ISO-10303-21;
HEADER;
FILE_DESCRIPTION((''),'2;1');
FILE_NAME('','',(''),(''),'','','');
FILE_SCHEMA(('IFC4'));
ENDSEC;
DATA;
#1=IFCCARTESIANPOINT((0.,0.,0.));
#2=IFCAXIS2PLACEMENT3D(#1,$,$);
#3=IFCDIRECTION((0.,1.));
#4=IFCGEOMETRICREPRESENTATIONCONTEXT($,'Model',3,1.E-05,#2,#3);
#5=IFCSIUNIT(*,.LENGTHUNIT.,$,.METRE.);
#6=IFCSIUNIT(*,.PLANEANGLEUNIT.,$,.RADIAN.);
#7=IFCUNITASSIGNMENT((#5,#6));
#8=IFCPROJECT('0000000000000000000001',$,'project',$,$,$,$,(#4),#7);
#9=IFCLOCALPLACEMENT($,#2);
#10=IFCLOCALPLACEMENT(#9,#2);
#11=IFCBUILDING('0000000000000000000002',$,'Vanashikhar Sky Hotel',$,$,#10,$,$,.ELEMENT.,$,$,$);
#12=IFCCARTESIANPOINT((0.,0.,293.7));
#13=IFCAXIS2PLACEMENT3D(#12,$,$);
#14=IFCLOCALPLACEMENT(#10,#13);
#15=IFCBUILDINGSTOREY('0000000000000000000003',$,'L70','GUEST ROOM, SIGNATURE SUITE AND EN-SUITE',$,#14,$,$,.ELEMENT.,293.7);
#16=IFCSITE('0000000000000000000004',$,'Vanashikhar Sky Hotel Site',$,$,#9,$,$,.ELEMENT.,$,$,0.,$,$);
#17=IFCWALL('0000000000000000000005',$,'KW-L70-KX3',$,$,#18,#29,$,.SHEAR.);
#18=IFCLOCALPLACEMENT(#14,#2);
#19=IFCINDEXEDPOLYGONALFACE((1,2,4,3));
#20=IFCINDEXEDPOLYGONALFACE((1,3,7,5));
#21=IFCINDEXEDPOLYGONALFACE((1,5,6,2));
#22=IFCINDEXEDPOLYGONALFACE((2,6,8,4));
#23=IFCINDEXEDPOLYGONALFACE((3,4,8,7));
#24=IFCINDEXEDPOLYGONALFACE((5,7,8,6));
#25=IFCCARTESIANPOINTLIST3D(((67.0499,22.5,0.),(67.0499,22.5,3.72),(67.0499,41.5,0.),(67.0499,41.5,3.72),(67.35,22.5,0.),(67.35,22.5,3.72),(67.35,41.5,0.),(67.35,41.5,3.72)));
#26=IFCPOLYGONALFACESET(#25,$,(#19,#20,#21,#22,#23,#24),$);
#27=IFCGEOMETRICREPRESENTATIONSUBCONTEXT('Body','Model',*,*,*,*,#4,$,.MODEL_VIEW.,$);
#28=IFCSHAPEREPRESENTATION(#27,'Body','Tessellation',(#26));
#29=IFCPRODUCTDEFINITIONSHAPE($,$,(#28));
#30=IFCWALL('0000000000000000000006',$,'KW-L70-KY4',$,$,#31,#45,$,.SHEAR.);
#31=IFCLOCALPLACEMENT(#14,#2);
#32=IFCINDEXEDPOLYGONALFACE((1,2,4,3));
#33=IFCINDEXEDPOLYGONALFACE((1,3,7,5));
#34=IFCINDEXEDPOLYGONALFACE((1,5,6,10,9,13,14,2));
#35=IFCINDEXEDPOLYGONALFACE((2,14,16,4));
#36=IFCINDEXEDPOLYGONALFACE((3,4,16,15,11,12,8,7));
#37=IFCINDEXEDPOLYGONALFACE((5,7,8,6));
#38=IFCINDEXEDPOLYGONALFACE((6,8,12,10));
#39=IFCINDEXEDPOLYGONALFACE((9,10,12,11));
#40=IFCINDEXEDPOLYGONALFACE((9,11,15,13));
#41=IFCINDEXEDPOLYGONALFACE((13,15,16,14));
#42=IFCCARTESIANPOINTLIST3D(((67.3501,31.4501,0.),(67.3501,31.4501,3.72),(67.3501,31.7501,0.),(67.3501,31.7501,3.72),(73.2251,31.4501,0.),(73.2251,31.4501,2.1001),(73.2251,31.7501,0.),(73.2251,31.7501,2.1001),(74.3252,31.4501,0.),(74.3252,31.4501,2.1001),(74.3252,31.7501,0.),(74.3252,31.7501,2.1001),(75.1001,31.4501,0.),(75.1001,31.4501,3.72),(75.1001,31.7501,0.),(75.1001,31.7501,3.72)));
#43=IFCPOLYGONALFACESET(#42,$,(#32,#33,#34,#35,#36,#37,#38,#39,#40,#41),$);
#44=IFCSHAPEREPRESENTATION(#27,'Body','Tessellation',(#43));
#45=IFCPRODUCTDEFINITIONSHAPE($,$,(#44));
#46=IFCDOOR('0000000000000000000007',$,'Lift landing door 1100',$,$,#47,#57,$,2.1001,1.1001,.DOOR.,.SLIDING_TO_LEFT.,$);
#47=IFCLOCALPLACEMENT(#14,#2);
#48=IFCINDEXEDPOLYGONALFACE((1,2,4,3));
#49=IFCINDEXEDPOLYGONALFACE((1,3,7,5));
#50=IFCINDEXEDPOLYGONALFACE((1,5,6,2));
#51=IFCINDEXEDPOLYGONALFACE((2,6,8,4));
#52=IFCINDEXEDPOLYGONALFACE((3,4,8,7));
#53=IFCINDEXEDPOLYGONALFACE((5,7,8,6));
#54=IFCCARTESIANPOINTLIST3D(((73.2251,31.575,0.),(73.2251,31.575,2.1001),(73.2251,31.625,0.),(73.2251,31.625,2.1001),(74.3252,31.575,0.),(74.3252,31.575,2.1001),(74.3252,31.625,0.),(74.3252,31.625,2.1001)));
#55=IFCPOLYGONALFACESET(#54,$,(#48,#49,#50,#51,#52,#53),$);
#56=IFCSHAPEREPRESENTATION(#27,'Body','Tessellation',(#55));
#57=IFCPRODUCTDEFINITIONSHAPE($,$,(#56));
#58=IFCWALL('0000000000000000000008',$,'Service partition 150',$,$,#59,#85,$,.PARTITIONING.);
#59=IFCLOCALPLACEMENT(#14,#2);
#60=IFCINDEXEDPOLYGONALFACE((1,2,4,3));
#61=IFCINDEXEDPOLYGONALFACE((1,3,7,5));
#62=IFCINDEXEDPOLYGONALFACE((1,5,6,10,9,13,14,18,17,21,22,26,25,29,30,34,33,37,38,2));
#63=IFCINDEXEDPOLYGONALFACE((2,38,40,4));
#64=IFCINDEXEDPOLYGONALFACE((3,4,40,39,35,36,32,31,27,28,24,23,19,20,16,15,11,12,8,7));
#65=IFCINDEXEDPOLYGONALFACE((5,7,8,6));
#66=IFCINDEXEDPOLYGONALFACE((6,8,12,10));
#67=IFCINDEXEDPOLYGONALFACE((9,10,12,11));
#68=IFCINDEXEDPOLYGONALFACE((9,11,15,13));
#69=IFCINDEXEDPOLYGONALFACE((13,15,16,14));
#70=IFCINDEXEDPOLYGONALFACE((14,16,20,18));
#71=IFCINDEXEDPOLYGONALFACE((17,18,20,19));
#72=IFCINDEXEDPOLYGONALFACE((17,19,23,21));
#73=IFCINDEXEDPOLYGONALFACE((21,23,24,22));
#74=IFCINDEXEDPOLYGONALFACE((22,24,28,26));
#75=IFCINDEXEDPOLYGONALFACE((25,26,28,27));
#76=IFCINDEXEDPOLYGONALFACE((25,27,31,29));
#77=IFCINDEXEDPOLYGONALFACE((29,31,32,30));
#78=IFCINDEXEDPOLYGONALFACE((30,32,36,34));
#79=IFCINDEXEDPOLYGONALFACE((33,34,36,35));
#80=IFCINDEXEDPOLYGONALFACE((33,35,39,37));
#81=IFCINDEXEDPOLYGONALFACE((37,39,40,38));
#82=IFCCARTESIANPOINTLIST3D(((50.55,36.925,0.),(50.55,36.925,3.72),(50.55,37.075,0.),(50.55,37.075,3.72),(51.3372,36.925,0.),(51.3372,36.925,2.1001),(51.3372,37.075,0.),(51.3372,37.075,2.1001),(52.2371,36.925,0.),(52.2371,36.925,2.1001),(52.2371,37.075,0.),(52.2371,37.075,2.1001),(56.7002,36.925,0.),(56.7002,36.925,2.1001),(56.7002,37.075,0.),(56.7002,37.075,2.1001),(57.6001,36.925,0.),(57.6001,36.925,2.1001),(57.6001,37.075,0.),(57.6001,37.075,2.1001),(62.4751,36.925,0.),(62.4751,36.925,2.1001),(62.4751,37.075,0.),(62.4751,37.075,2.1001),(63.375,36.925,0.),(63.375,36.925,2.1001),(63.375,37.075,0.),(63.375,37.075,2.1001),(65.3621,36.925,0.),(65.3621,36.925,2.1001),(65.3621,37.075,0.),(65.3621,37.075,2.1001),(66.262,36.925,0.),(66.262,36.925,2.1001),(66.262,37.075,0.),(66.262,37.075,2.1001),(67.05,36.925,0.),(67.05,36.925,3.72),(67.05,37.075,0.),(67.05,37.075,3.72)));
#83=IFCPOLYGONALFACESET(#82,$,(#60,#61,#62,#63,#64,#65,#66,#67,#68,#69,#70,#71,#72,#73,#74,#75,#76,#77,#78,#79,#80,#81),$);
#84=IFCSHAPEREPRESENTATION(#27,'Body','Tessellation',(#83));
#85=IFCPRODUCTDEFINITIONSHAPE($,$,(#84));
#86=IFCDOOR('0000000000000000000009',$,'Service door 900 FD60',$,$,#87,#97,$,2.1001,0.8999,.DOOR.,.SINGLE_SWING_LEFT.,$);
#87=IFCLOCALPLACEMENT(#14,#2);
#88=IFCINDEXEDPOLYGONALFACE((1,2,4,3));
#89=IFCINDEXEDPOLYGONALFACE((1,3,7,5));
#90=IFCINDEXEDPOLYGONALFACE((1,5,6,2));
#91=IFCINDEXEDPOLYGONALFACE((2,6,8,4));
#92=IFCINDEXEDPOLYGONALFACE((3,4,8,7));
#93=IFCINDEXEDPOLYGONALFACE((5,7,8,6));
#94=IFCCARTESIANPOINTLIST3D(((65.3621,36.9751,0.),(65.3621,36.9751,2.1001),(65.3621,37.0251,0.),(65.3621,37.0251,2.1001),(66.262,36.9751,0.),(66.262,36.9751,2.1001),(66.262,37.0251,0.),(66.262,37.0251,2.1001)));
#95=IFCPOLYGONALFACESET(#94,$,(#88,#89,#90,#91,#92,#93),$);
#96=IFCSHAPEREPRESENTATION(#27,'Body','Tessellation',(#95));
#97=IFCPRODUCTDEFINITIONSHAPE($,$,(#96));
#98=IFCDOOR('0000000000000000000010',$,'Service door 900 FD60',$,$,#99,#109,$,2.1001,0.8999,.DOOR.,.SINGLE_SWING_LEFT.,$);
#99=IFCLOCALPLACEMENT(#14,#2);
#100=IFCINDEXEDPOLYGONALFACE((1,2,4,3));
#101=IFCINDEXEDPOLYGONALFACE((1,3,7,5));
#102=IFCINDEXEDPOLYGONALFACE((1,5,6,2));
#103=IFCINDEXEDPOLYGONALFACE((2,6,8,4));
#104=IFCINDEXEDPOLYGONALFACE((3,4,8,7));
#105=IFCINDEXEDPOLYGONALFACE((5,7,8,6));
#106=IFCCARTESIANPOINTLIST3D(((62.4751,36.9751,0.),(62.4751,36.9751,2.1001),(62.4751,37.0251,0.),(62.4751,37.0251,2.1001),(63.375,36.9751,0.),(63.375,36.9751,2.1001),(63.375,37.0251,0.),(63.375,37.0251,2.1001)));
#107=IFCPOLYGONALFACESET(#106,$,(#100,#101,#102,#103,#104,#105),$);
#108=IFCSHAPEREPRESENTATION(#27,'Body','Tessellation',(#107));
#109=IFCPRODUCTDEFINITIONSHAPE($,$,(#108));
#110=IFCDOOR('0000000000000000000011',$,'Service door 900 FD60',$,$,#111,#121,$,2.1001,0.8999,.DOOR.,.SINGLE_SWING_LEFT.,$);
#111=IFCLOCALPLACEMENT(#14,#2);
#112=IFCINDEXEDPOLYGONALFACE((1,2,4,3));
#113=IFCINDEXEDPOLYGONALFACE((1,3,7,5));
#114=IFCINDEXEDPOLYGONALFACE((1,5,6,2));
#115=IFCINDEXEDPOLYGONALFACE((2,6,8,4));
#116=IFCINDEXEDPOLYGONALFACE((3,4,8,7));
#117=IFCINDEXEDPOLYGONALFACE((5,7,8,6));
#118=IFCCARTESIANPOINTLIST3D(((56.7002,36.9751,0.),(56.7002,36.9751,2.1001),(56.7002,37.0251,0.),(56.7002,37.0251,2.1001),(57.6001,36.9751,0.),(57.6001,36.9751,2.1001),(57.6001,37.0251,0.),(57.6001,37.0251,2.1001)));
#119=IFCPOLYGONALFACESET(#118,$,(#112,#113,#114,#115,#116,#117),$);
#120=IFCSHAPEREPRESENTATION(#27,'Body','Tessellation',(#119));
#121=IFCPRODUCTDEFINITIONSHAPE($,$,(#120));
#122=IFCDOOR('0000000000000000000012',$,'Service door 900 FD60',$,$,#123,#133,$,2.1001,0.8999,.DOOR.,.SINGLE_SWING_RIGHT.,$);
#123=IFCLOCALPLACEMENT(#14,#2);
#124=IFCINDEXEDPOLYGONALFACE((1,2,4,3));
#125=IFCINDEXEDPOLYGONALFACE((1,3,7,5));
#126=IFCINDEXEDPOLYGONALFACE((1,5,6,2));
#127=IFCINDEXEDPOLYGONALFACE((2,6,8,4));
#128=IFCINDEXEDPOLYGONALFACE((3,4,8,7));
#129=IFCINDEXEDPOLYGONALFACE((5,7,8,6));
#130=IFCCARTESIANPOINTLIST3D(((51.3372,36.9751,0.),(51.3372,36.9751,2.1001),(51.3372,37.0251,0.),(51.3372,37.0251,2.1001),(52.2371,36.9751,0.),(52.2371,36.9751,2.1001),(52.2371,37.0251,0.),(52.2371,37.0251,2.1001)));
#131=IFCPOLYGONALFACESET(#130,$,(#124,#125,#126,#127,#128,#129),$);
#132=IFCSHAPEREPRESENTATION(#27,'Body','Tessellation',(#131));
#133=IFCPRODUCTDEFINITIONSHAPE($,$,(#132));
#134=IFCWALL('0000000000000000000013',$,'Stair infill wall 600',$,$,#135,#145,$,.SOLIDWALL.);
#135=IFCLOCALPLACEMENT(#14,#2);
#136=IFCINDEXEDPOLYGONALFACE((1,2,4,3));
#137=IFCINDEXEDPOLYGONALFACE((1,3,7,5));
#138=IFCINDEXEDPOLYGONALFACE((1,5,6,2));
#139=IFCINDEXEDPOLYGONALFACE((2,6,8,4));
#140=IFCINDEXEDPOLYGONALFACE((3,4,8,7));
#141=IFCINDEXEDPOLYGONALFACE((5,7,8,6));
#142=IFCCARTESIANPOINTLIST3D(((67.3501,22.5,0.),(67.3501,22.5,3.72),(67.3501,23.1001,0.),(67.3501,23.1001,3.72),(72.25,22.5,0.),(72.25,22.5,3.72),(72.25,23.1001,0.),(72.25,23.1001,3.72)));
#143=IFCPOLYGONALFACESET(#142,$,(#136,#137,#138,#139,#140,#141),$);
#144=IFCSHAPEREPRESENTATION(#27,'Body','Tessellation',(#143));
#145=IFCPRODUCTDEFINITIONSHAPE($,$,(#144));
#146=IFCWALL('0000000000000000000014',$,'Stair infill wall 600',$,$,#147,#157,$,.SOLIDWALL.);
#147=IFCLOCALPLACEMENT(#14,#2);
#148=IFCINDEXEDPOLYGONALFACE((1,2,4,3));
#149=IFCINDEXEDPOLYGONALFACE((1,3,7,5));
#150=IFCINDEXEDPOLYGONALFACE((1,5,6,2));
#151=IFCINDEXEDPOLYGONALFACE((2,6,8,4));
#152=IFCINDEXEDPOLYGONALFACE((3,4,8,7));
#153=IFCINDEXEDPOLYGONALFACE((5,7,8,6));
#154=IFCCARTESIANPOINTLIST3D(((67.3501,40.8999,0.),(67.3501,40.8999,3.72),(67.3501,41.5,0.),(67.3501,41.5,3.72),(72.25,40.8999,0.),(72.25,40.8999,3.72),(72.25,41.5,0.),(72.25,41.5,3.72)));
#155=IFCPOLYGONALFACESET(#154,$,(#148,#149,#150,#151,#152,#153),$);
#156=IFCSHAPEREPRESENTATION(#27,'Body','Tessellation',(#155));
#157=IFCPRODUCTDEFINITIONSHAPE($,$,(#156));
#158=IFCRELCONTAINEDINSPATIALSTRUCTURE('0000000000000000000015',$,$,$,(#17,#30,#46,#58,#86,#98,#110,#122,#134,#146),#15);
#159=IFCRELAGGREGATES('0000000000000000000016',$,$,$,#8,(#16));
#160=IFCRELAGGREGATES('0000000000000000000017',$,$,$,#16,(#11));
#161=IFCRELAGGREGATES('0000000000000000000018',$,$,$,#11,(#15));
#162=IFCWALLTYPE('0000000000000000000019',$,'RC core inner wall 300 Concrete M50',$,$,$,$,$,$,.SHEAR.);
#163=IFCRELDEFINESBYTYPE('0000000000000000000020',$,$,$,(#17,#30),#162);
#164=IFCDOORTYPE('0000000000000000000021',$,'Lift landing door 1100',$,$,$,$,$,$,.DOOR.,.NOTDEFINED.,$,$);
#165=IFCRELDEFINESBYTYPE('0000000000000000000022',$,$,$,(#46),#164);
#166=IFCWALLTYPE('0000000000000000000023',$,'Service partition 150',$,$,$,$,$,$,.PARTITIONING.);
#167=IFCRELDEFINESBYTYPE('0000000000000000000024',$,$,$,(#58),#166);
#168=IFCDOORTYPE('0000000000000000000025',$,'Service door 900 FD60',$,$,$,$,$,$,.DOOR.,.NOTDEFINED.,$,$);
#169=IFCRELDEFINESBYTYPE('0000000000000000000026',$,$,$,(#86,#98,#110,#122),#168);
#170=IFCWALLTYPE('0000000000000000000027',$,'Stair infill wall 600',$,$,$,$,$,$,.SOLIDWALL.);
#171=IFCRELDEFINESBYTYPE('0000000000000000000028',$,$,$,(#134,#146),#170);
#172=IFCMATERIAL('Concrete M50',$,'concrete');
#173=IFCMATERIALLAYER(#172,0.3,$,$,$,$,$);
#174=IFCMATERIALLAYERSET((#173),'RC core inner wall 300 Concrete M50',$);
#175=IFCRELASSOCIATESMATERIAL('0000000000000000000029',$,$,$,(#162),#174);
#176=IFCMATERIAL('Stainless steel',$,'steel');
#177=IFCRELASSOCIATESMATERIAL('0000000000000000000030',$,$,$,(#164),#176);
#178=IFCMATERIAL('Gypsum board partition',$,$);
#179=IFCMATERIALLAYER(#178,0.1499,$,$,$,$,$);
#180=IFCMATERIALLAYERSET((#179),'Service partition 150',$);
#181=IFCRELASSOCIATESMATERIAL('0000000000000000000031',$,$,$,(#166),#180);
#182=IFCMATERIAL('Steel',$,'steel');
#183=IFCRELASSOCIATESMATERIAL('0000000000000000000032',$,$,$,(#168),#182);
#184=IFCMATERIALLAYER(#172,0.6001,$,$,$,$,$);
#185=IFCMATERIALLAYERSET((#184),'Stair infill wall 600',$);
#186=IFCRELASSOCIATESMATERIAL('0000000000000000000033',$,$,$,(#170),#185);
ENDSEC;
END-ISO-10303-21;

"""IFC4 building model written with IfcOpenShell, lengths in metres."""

from ifc_helpers import new_model, si_unit, direction, frame, frame_2d, origin, place, context, subcontext, project, spatial, rectangle, extrude, source, transform, mapped, material, layer, layer_set, type_object, element, fill, save


model = new_model("IFC4")

# Units and contexts
model_context = context("Model", 3, precision=1e-05, world=origin(), true_north=direction((0.0, 1.0)))
body_context = subcontext(model_context, "Body", "Model", "MODEL_VIEW")
ifc_project = project(units=[si_unit("LENGTHUNIT", "METRE"), si_unit("PLANEANGLEUNIT", "RADIAN")], contexts=[model_context])

# Site, building, storey
site_placement = place(None, origin())
site = spatial("IfcSite", under=ifc_project, at=site_placement, Name="Vanashikhar Sky Hotel Site", CompositionType="ELEMENT", RefElevation=0.0)
building_placement = place(site_placement, origin())
building = spatial("IfcBuilding", under=site, at=building_placement, Name="Vanashikhar Sky Hotel", CompositionType="ELEMENT")
storey_placement = place(building_placement, frame((0.0, 0.0, 293.7)))
storey = spatial("IfcBuildingStorey", under=building, at=storey_placement, Name="L70", Description="GUEST ROOM, SIGNATURE SUITE AND EN-SUITE", CompositionType="ELEMENT", Elevation=293.7)

# Wall
ifc_material_1 = material(Name="Concrete M50", Category="concrete")
ifc_layer_1 = layer(ifc_material_1, 0.3)
ifc_layer_set_1 = layer_set([ifc_layer_1], Name="RC core inner wall 300 Concrete M50")
wall_type_1 = type_object("IfcWallType", Name="RC core inner wall 300 Concrete M50", PredefinedType="SHEAR", material=ifc_layer_set_1)
shared_shape_1 = source(origin(), body_context, "Body", "SweptSolid", [
    extrude(rectangle(XDim=19.0, YDim=0.3, at=frame_2d((9.5, 0.0))), origin(), (0.0, 0.0, 1.0), 3.72),
])
wall_1_placement = place(storey_placement, frame((67.2, 22.5, 0.0), z_axis=(0.0, 0.0, 1.0), x_axis=(0.0, 1.0, 0.0)))
element("IfcWall", 1, at=wall_1_placement, inside=storey, type_object=wall_type_1, Name="KW-L70-KX3", PredefinedType="SHEAR", context=body_context, shape_type="MappedRepresentation", body=[
    mapped(shared_shape_1, transform((0.0, 0.0, 0.0), scale=1.0)),
])

# Wall, opening, door
shared_shape_2 = source(origin(), body_context, "Body", "SweptSolid", [
    extrude(rectangle(XDim=7.75, YDim=0.3, at=frame_2d((3.875, 0.0))), origin(), (0.0, 0.0, 1.0), 3.72),
])
wall_2_placement = place(storey_placement, frame((67.3501, 31.6001, 0.0), z_axis=(0.0, 0.0, 1.0), x_axis=(1.0, 0.0, 0.0)))
wall_2 = element("IfcWall", 2, at=wall_2_placement, inside=storey, type_object=wall_type_1, Name="KW-L70-KY4", PredefinedType="SHEAR", context=body_context, shape_type="MappedRepresentation", body=[
    mapped(shared_shape_2, transform((0.0, 0.0, 0.0), scale=1.0)),
])
shared_shape_3 = source(origin(), body_context, "Body", "SweptSolid", [
    extrude(rectangle(XDim=1.1001, YDim=2.1001, at=frame_2d((0.55, 1.05))), frame((0.0, 0.1602, 0.0), z_axis=(0.0, -1.0, 0.0), x_axis=(1.0, 0.0, 0.0)), (0.0, 0.0, 1.0), 0.3201),
])
opening_1_placement = place(wall_2_placement, frame((5.875, 0.0, 0.0)))
opening_1 = element("IfcOpeningElement", 3, at=opening_1_placement, cuts=wall_2, PredefinedType="OPENING", context=body_context, shape_type="MappedRepresentation", body=[
    mapped(shared_shape_3, transform((0.0, 0.0, 0.0), scale=1.0)),
])
ifc_material_2 = material(Name="Stainless steel", Category="steel")
door_type_1 = type_object("IfcDoorType", Name="Lift landing door 1100", OperationType="NOTDEFINED", PredefinedType="DOOR", material=ifc_material_2)
shared_shape_4 = source(origin(), body_context, "Body", "SweptSolid", [
    extrude(rectangle(XDim=1.1001, YDim=2.1001, at=frame_2d((0.55, 1.05))), frame((0.0, 0.0249, 0.0), z_axis=(0.0, -1.0, 0.0), x_axis=(1.0, 0.0, 0.0)), (0.0, 0.0, 1.0), 0.05),
])
door_1_placement = place(opening_1_placement, origin())
door_1 = element("IfcDoor", 4, at=door_1_placement, inside=storey, type_object=door_type_1, Name="Lift landing door 1100", OperationType="SLIDING_TO_LEFT", OverallHeight=2.1001, OverallWidth=1.1001, PredefinedType="DOOR", context=body_context, shape_type="MappedRepresentation", body=[
    mapped(shared_shape_4, transform((0.0, 0.0, 0.0), scale=1.0)),
])
fill(opening_1, door_1)

# Wall, openings, doors
ifc_material_3 = material(Name="Gypsum board partition")
ifc_layer_2 = layer(ifc_material_3, 0.1499)
ifc_layer_set_2 = layer_set([ifc_layer_2], Name="Service partition 150")
wall_type_2 = type_object("IfcWallType", Name="Service partition 150", PredefinedType="PARTITIONING", material=ifc_layer_set_2)
shared_shape_5 = source(origin(), body_context, "Body", "SweptSolid", [
    extrude(rectangle(XDim=16.5, YDim=0.1499, at=frame_2d((8.25, 0.0))), origin(), (0.0, 0.0, 1.0), 3.72),
])
wall_3_placement = place(storey_placement, frame((67.05, 37.0, 0.0), z_axis=(0.0, 0.0, 1.0), x_axis=(-1.0, 0.0, 0.0)))
wall_3 = element("IfcWall", 5, at=wall_3_placement, inside=storey, type_object=wall_type_2, Name="Service partition 150", PredefinedType="PARTITIONING", context=body_context, shape_type="MappedRepresentation", body=[
    mapped(shared_shape_5, transform((0.0, 0.0, 0.0), scale=1.0)),
])
shared_shape_6 = source(origin(), body_context, "Body", "SweptSolid", [
    extrude(rectangle(XDim=0.8999, YDim=2.1001, at=frame_2d((0.45, 1.05))), frame((0.0, 0.085, 0.0), z_axis=(0.0, -1.0, 0.0), x_axis=(1.0, 0.0, 0.0)), (0.0, 0.0, 1.0), 0.1699),
])
opening_2_placement = place(wall_3_placement, frame((0.7881, 0.0, 0.0)))
opening_2 = element("IfcOpeningElement", 6, at=opening_2_placement, cuts=wall_3, PredefinedType="OPENING", context=body_context, shape_type="MappedRepresentation", body=[
    mapped(shared_shape_6, transform((0.0, 0.0, 0.0), scale=1.0)),
])
opening_3_placement = place(wall_3_placement, frame((3.675, 0.0, 0.0)))
opening_3 = element("IfcOpeningElement", 7, at=opening_3_placement, cuts=wall_3, PredefinedType="OPENING", context=body_context, shape_type="MappedRepresentation", body=[
    mapped(shared_shape_6, transform((0.0, 0.0, 0.0), scale=1.0)),
])
opening_4_placement = place(wall_3_placement, frame((9.45, 0.0, 0.0)))
opening_4 = element("IfcOpeningElement", 8, at=opening_4_placement, cuts=wall_3, PredefinedType="OPENING", context=body_context, shape_type="MappedRepresentation", body=[
    mapped(shared_shape_6, transform((0.0, 0.0, 0.0), scale=1.0)),
])
opening_5_placement = place(wall_3_placement, frame((14.813, 0.0, 0.0)))
opening_5 = element("IfcOpeningElement", 9, at=opening_5_placement, cuts=wall_3, PredefinedType="OPENING", context=body_context, shape_type="MappedRepresentation", body=[
    mapped(shared_shape_6, transform((0.0, 0.0, 0.0), scale=1.0)),
])
ifc_material_4 = material(Name="Steel", Category="steel")
door_type_2 = type_object("IfcDoorType", Name="Service door 900 FD60", OperationType="NOTDEFINED", PredefinedType="DOOR", material=ifc_material_4)
shared_shape_7 = source(origin(), body_context, "Body", "SweptSolid", [
    extrude(rectangle(XDim=0.8999, YDim=2.1001, at=frame_2d((0.45, 1.05))), frame((0.0, 0.0249, 0.0), z_axis=(0.0, -1.0, 0.0), x_axis=(1.0, 0.0, 0.0)), (0.0, 0.0, 1.0), 0.05),
])
door_2_placement = place(opening_2_placement, origin())
door_2 = element("IfcDoor", 10, at=door_2_placement, inside=storey, type_object=door_type_2, Name="Service door 900 FD60", OperationType="SINGLE_SWING_LEFT", OverallHeight=2.1001, OverallWidth=0.8999, PredefinedType="DOOR", context=body_context, shape_type="MappedRepresentation", body=[
    mapped(shared_shape_7, transform((0.0, 0.0, 0.0), scale=1.0)),
])
fill(opening_2, door_2)
door_3_placement = place(opening_3_placement, origin())
door_3 = element("IfcDoor", 11, at=door_3_placement, inside=storey, type_object=door_type_2, Name="Service door 900 FD60", OperationType="SINGLE_SWING_LEFT", OverallHeight=2.1001, OverallWidth=0.8999, PredefinedType="DOOR", context=body_context, shape_type="MappedRepresentation", body=[
    mapped(shared_shape_7, transform((0.0, 0.0, 0.0), scale=1.0)),
])
fill(opening_3, door_3)
door_4_placement = place(opening_4_placement, origin())
door_4 = element("IfcDoor", 12, at=door_4_placement, inside=storey, type_object=door_type_2, Name="Service door 900 FD60", OperationType="SINGLE_SWING_LEFT", OverallHeight=2.1001, OverallWidth=0.8999, PredefinedType="DOOR", context=body_context, shape_type="MappedRepresentation", body=[
    mapped(shared_shape_7, transform((0.0, 0.0, 0.0), scale=1.0)),
])
fill(opening_4, door_4)
door_5_placement = place(opening_5_placement, origin())
door_5 = element("IfcDoor", 13, at=door_5_placement, inside=storey, type_object=door_type_2, Name="Service door 900 FD60", OperationType="SINGLE_SWING_RIGHT", OverallHeight=2.1001, OverallWidth=0.8999, PredefinedType="DOOR", context=body_context, shape_type="MappedRepresentation", body=[
    mapped(shared_shape_7, transform((0.0, 0.0, 0.0), scale=1.0)),
])
fill(opening_5, door_5)

# Walls
ifc_layer_3 = layer(ifc_material_1, 0.6001)
ifc_layer_set_3 = layer_set([ifc_layer_3], Name="Stair infill wall 600")
wall_type_3 = type_object("IfcWallType", Name="Stair infill wall 600", PredefinedType="SOLIDWALL", material=ifc_layer_set_3)
shared_shape_8 = source(origin(), body_context, "Body", "SweptSolid", [
    extrude(rectangle(XDim=4.8999, YDim=0.6001, at=frame_2d((2.45, 0.0))), origin(), (0.0, 0.0, 1.0), 3.72),
])
for number, where, z_axis, x_axis, name in (
    (14, (67.3501, 22.8, 0.0), (0.0, 0.0, 1.0), (1.0, 0.0, 0.0), "Stair infill wall 600"),
    (15, (67.3501, 41.2, 0.0), (0.0, 0.0, 1.0), (1.0, 0.0, 0.0), "Stair infill wall 600"),
):
    element("IfcWall", number, at=place(storey_placement, frame(where, z_axis=z_axis, x_axis=x_axis)), inside=storey, type_object=wall_type_3, Name=name, PredefinedType="SOLIDWALL", context=body_context, shape_type="MappedRepresentation", body=[
        mapped(shared_shape_8, transform((0.0, 0.0, 0.0), scale=1.0)),
    ])

save(model, "model.ifc")
